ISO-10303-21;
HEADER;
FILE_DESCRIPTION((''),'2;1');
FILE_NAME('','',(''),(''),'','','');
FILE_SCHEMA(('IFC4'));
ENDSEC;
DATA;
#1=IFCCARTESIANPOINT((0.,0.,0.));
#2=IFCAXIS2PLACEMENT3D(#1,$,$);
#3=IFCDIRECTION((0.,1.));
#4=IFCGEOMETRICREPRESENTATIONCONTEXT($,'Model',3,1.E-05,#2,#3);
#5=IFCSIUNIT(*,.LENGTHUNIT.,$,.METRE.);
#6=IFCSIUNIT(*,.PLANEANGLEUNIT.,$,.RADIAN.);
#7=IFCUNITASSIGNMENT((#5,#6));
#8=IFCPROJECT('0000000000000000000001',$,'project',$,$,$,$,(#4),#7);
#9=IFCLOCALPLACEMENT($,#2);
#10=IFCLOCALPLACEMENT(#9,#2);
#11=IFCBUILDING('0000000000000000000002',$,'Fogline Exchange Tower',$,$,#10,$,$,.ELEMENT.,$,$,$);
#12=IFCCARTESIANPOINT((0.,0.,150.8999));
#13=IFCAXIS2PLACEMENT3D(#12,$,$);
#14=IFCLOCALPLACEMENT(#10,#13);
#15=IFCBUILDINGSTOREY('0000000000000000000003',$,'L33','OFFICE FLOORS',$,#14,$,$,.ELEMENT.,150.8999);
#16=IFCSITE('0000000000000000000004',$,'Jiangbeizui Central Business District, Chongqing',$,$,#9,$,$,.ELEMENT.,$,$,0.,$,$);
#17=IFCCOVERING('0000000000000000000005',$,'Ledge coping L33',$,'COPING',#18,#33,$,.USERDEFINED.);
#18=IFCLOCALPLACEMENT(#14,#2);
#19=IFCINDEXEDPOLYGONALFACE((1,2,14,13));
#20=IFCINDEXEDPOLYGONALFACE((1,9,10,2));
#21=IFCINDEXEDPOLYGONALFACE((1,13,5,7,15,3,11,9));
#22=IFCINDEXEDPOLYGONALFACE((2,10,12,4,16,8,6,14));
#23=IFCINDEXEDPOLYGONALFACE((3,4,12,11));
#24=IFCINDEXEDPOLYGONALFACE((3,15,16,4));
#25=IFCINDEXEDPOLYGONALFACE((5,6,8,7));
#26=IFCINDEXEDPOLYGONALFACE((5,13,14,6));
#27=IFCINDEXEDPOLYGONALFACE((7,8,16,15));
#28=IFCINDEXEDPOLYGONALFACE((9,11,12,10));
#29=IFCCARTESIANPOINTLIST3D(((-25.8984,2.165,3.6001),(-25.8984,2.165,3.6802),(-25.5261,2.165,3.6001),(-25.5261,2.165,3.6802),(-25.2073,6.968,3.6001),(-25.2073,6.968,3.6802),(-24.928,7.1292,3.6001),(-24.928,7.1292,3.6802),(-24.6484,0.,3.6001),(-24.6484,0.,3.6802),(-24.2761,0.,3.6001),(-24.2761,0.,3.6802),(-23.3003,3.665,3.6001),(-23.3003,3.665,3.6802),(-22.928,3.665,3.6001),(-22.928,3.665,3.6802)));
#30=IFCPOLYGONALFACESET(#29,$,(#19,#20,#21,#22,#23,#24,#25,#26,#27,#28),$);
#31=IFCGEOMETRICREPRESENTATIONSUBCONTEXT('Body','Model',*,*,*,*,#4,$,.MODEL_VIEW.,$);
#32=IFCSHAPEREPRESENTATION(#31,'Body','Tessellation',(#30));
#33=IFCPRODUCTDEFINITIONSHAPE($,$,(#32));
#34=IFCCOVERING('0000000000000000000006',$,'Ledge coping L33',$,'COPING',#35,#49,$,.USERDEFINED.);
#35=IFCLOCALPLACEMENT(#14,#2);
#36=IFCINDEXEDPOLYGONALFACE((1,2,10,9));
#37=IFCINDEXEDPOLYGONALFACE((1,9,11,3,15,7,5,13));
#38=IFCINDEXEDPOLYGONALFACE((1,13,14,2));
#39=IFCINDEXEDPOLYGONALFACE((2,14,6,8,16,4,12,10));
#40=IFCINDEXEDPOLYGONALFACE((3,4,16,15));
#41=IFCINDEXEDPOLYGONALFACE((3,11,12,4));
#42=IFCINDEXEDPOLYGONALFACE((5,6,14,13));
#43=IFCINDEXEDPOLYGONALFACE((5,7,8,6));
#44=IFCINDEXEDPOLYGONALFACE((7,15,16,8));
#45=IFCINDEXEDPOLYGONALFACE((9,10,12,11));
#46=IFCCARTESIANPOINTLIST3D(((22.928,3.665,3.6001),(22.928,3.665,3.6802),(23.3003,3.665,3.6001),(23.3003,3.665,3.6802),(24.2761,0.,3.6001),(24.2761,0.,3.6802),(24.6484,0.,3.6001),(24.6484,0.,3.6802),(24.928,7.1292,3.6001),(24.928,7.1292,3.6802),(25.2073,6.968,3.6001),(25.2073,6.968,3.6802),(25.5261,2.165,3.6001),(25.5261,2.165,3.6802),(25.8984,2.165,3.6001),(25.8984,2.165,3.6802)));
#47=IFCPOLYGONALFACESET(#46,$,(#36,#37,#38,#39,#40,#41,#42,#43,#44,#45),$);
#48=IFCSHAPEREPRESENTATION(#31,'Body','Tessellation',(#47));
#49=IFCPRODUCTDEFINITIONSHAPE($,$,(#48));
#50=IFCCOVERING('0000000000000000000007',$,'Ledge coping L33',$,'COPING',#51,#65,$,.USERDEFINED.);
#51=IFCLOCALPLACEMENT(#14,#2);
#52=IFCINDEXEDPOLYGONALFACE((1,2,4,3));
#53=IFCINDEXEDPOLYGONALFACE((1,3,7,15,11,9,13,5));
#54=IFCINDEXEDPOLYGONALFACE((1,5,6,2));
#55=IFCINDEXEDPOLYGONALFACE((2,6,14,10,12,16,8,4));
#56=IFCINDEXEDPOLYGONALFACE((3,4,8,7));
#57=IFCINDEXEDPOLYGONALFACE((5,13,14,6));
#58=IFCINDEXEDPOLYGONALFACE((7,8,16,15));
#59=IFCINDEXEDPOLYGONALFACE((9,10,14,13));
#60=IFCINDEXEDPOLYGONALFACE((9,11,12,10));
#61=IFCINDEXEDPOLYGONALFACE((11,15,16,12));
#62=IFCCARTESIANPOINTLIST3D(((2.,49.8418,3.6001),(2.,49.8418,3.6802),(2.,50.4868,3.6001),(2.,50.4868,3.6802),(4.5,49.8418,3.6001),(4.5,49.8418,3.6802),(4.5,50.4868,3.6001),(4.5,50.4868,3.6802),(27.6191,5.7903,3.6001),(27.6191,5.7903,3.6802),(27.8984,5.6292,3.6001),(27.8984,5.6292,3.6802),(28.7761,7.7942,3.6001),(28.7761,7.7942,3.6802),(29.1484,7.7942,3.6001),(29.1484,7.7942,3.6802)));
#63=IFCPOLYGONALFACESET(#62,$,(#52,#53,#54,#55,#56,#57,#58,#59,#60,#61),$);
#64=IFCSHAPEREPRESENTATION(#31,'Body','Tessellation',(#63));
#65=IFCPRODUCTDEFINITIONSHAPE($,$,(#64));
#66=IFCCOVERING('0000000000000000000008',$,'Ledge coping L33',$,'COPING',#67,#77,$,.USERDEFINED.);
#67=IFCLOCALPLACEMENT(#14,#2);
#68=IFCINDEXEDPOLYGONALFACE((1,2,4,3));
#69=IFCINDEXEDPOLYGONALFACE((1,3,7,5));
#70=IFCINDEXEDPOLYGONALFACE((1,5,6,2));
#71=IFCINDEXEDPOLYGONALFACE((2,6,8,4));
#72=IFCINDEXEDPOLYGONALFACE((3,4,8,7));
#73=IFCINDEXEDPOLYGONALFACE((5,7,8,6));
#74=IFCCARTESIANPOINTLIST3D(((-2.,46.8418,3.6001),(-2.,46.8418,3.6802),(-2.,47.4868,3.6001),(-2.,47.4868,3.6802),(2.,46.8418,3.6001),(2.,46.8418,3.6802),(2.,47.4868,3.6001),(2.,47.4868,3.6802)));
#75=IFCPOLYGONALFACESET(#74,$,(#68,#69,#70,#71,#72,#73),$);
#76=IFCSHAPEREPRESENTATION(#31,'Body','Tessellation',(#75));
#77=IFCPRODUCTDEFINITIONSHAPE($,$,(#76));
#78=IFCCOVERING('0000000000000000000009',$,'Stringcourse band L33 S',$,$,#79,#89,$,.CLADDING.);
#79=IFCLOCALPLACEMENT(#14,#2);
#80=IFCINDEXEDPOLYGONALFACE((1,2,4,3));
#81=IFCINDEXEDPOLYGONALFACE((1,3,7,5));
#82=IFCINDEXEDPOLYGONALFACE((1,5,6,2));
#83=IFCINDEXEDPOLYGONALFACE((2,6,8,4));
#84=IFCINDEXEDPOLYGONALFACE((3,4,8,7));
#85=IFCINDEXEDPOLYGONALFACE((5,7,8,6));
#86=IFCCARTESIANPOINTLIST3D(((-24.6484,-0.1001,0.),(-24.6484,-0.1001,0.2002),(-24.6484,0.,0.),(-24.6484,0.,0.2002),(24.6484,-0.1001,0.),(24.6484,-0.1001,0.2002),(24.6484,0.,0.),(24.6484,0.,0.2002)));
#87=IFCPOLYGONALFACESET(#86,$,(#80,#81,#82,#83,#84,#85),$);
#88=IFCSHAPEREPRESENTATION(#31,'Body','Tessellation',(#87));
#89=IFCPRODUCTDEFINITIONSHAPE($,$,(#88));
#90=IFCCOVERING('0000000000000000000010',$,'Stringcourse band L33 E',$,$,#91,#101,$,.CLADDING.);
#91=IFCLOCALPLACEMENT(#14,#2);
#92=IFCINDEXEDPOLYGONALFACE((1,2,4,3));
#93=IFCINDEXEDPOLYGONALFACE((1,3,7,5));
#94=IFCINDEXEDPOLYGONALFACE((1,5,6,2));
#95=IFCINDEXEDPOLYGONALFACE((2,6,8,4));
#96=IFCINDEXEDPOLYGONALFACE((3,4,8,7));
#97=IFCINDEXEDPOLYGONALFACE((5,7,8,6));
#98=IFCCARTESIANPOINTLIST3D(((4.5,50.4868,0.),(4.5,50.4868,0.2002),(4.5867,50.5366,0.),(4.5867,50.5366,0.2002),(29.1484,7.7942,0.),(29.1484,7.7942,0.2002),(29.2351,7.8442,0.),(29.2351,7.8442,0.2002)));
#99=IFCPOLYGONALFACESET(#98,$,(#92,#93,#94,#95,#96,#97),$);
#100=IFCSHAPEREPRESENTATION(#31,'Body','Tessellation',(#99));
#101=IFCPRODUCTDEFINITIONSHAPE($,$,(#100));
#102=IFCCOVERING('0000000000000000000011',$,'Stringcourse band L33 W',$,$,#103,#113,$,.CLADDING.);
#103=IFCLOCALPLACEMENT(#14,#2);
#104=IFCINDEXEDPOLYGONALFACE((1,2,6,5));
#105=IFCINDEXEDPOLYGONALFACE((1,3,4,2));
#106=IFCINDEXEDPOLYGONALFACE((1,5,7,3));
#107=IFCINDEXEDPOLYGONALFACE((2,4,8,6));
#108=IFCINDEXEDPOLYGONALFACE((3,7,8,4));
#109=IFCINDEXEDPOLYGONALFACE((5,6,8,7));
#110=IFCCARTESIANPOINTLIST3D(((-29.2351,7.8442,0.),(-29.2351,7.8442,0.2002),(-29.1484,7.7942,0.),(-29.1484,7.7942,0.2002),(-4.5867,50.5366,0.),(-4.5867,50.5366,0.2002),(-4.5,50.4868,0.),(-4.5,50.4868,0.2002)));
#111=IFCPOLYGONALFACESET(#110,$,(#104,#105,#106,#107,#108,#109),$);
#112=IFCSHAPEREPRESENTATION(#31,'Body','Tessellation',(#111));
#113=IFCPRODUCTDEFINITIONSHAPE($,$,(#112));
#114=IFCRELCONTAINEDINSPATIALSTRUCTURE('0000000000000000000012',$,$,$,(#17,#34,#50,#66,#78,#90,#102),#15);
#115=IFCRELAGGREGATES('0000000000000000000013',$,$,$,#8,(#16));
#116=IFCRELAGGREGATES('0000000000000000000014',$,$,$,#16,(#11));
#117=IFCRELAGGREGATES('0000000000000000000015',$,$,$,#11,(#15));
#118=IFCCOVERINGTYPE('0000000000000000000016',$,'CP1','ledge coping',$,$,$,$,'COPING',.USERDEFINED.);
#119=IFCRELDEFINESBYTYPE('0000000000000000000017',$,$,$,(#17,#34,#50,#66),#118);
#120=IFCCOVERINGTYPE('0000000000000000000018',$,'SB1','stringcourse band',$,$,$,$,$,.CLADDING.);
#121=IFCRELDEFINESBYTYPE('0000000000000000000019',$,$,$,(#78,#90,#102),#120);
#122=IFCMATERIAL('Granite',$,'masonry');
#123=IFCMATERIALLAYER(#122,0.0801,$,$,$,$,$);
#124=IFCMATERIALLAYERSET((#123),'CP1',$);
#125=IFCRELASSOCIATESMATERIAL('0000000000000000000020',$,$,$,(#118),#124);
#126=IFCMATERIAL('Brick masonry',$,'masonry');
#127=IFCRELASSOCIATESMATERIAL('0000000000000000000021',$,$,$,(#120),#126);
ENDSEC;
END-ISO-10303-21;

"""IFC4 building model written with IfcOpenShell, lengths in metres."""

from ifc_helpers import new_model, si_unit, direction, frame, origin, place, context, subcontext, project, spatial, polyline, outline, extrude, material, layer, layer_set, type_object, element, save


model = new_model("IFC4")

# Units and contexts
model_context = context("Model", 3, precision=1e-05, world=origin(), true_north=direction((0.0, 1.0)))
body_context = subcontext(model_context, "Body", "Model", "MODEL_VIEW")
ifc_project = project(units=[si_unit("LENGTHUNIT", "METRE"), si_unit("PLANEANGLEUNIT", "RADIAN")], contexts=[model_context])

# Site, building, storey
site_placement = place(None, origin())
site = spatial("IfcSite", under=ifc_project, at=site_placement, Name="Jiangbeizui Central Business District, Chongqing", CompositionType="ELEMENT", RefElevation=0.0)
building_placement = place(site_placement, origin())
building = spatial("IfcBuilding", under=site, at=building_placement, Name="Fogline Exchange Tower", CompositionType="ELEMENT")
storey_placement = place(building_placement, frame((0.0, 0.0, 150.8999)))
storey = spatial("IfcBuildingStorey", under=building, at=storey_placement, Name="L33", Description="OFFICE FLOORS", CompositionType="ELEMENT", Elevation=150.8999)

# Coverings
ifc_material_1 = material(Name="Granite", Category="masonry")
ifc_layer_1 = layer(ifc_material_1, 0.0801)
ifc_layer_set_1 = layer_set([ifc_layer_1], Name="CP1")
covering_type_1 = type_object("IfcCoveringType", Name="CP1", Description="ledge coping", ElementType="COPING", PredefinedType="USERDEFINED", material=ifc_layer_set_1)
covering_1_placement = place(storey_placement, frame((0.0, 0.0, 3.6001)))
element("IfcCovering", 1, at=covering_1_placement, inside=storey, type_object=covering_type_1, Name="Ledge coping L33", ObjectType="COPING", PredefinedType="USERDEFINED", context=body_context, shape_type="SweptSolid", body=[
    extrude(outline(polyline([(-24.6484, 0.0), (-24.2761, 0.0), (-25.5261, 2.165), (-22.928, 3.665), (-24.928, 7.1292), (-25.2073, 6.968), (-23.3003, 3.665), (-25.8984, 2.165), (-24.6484, 0.0)])), origin(), (0.0, 0.0, 1.0), 0.0801),
])
covering_2_placement = place(storey_placement, frame((0.0, 0.0, 3.6001)))
element("IfcCovering", 2, at=covering_2_placement, inside=storey, type_object=covering_type_1, Name="Ledge coping L33", ObjectType="COPING", PredefinedType="USERDEFINED", context=body_context, shape_type="SweptSolid", body=[
    extrude(outline(polyline([(23.3003, 3.665), (25.2073, 6.968), (24.928, 7.1292), (22.928, 3.665), (25.5261, 2.165), (24.2761, 0.0), (24.6484, 0.0), (25.8984, 2.165), (23.3003, 3.665)])), origin(), (0.0, 0.0, 1.0), 0.0801),
])
covering_3_placement = place(storey_placement, frame((0.0, 0.0, 3.6001)))
element("IfcCovering", 3, at=covering_3_placement, inside=storey, type_object=covering_type_1, Name="Ledge coping L33", ObjectType="COPING", PredefinedType="USERDEFINED", context=body_context, shape_type="SweptSolid", body=[
    extrude(outline(polyline([(2.0, 50.4868), (2.0, 49.8418), (4.5, 49.8418), (28.7761, 7.7942), (27.6191, 5.7903), (27.8984, 5.6292), (29.1484, 7.7942), (4.5, 50.4868), (2.0, 50.4868)])), origin(), (0.0, 0.0, 1.0), 0.0801),
])
covering_4_placement = place(storey_placement, frame((0.0, 0.0, 3.6001)))
element("IfcCovering", 4, at=covering_4_placement, inside=storey, type_object=covering_type_1, Name="Ledge coping L33", ObjectType="COPING", PredefinedType="USERDEFINED", context=body_context, shape_type="SweptSolid", body=[
    extrude(outline(polyline([(2.0, 47.4868), (-2.0, 47.4868), (-2.0, 46.8418), (2.0, 46.8418), (2.0, 47.4868)])), origin(), (0.0, 0.0, 1.0), 0.0801),
])
ifc_material_2 = material(Name="Brick masonry", Category="masonry")
covering_type_2 = type_object("IfcCoveringType", Name="SB1", Description="stringcourse band", PredefinedType="CLADDING", material=ifc_material_2)
covering_5_placement = place(storey_placement, origin())
element("IfcCovering", 5, at=covering_5_placement, inside=storey, type_object=covering_type_2, Name="Stringcourse band L33 S", PredefinedType="CLADDING", context=body_context, shape_type="SweptSolid", body=[
    extrude(outline(polyline([(-24.6484, 0.0), (-24.6484, -0.1001), (24.6484, -0.1001), (24.6484, 0.0), (-24.6484, 0.0)])), origin(), (0.0, 0.0, 1.0), 0.2002),
])
covering_6_placement = place(storey_placement, origin())
element("IfcCovering", 6, at=covering_6_placement, inside=storey, type_object=covering_type_2, Name="Stringcourse band L33 E", PredefinedType="CLADDING", context=body_context, shape_type="SweptSolid", body=[
    extrude(outline(polyline([(29.1484, 7.7942), (29.2351, 7.8442), (4.5867, 50.5366), (4.5, 50.4868), (29.1484, 7.7942)])), origin(), (0.0, 0.0, 1.0), 0.2002),
])
covering_7_placement = place(storey_placement, origin())
element("IfcCovering", 7, at=covering_7_placement, inside=storey, type_object=covering_type_2, Name="Stringcourse band L33 W", PredefinedType="CLADDING", context=body_context, shape_type="SweptSolid", body=[
    extrude(outline(polyline([(-4.5, 50.4868), (-4.5867, 50.5366), (-29.2351, 7.8442), (-29.1484, 7.7942), (-4.5, 50.4868)])), origin(), (0.0, 0.0, 1.0), 0.2002),
])

save(model, "model.ifc")
